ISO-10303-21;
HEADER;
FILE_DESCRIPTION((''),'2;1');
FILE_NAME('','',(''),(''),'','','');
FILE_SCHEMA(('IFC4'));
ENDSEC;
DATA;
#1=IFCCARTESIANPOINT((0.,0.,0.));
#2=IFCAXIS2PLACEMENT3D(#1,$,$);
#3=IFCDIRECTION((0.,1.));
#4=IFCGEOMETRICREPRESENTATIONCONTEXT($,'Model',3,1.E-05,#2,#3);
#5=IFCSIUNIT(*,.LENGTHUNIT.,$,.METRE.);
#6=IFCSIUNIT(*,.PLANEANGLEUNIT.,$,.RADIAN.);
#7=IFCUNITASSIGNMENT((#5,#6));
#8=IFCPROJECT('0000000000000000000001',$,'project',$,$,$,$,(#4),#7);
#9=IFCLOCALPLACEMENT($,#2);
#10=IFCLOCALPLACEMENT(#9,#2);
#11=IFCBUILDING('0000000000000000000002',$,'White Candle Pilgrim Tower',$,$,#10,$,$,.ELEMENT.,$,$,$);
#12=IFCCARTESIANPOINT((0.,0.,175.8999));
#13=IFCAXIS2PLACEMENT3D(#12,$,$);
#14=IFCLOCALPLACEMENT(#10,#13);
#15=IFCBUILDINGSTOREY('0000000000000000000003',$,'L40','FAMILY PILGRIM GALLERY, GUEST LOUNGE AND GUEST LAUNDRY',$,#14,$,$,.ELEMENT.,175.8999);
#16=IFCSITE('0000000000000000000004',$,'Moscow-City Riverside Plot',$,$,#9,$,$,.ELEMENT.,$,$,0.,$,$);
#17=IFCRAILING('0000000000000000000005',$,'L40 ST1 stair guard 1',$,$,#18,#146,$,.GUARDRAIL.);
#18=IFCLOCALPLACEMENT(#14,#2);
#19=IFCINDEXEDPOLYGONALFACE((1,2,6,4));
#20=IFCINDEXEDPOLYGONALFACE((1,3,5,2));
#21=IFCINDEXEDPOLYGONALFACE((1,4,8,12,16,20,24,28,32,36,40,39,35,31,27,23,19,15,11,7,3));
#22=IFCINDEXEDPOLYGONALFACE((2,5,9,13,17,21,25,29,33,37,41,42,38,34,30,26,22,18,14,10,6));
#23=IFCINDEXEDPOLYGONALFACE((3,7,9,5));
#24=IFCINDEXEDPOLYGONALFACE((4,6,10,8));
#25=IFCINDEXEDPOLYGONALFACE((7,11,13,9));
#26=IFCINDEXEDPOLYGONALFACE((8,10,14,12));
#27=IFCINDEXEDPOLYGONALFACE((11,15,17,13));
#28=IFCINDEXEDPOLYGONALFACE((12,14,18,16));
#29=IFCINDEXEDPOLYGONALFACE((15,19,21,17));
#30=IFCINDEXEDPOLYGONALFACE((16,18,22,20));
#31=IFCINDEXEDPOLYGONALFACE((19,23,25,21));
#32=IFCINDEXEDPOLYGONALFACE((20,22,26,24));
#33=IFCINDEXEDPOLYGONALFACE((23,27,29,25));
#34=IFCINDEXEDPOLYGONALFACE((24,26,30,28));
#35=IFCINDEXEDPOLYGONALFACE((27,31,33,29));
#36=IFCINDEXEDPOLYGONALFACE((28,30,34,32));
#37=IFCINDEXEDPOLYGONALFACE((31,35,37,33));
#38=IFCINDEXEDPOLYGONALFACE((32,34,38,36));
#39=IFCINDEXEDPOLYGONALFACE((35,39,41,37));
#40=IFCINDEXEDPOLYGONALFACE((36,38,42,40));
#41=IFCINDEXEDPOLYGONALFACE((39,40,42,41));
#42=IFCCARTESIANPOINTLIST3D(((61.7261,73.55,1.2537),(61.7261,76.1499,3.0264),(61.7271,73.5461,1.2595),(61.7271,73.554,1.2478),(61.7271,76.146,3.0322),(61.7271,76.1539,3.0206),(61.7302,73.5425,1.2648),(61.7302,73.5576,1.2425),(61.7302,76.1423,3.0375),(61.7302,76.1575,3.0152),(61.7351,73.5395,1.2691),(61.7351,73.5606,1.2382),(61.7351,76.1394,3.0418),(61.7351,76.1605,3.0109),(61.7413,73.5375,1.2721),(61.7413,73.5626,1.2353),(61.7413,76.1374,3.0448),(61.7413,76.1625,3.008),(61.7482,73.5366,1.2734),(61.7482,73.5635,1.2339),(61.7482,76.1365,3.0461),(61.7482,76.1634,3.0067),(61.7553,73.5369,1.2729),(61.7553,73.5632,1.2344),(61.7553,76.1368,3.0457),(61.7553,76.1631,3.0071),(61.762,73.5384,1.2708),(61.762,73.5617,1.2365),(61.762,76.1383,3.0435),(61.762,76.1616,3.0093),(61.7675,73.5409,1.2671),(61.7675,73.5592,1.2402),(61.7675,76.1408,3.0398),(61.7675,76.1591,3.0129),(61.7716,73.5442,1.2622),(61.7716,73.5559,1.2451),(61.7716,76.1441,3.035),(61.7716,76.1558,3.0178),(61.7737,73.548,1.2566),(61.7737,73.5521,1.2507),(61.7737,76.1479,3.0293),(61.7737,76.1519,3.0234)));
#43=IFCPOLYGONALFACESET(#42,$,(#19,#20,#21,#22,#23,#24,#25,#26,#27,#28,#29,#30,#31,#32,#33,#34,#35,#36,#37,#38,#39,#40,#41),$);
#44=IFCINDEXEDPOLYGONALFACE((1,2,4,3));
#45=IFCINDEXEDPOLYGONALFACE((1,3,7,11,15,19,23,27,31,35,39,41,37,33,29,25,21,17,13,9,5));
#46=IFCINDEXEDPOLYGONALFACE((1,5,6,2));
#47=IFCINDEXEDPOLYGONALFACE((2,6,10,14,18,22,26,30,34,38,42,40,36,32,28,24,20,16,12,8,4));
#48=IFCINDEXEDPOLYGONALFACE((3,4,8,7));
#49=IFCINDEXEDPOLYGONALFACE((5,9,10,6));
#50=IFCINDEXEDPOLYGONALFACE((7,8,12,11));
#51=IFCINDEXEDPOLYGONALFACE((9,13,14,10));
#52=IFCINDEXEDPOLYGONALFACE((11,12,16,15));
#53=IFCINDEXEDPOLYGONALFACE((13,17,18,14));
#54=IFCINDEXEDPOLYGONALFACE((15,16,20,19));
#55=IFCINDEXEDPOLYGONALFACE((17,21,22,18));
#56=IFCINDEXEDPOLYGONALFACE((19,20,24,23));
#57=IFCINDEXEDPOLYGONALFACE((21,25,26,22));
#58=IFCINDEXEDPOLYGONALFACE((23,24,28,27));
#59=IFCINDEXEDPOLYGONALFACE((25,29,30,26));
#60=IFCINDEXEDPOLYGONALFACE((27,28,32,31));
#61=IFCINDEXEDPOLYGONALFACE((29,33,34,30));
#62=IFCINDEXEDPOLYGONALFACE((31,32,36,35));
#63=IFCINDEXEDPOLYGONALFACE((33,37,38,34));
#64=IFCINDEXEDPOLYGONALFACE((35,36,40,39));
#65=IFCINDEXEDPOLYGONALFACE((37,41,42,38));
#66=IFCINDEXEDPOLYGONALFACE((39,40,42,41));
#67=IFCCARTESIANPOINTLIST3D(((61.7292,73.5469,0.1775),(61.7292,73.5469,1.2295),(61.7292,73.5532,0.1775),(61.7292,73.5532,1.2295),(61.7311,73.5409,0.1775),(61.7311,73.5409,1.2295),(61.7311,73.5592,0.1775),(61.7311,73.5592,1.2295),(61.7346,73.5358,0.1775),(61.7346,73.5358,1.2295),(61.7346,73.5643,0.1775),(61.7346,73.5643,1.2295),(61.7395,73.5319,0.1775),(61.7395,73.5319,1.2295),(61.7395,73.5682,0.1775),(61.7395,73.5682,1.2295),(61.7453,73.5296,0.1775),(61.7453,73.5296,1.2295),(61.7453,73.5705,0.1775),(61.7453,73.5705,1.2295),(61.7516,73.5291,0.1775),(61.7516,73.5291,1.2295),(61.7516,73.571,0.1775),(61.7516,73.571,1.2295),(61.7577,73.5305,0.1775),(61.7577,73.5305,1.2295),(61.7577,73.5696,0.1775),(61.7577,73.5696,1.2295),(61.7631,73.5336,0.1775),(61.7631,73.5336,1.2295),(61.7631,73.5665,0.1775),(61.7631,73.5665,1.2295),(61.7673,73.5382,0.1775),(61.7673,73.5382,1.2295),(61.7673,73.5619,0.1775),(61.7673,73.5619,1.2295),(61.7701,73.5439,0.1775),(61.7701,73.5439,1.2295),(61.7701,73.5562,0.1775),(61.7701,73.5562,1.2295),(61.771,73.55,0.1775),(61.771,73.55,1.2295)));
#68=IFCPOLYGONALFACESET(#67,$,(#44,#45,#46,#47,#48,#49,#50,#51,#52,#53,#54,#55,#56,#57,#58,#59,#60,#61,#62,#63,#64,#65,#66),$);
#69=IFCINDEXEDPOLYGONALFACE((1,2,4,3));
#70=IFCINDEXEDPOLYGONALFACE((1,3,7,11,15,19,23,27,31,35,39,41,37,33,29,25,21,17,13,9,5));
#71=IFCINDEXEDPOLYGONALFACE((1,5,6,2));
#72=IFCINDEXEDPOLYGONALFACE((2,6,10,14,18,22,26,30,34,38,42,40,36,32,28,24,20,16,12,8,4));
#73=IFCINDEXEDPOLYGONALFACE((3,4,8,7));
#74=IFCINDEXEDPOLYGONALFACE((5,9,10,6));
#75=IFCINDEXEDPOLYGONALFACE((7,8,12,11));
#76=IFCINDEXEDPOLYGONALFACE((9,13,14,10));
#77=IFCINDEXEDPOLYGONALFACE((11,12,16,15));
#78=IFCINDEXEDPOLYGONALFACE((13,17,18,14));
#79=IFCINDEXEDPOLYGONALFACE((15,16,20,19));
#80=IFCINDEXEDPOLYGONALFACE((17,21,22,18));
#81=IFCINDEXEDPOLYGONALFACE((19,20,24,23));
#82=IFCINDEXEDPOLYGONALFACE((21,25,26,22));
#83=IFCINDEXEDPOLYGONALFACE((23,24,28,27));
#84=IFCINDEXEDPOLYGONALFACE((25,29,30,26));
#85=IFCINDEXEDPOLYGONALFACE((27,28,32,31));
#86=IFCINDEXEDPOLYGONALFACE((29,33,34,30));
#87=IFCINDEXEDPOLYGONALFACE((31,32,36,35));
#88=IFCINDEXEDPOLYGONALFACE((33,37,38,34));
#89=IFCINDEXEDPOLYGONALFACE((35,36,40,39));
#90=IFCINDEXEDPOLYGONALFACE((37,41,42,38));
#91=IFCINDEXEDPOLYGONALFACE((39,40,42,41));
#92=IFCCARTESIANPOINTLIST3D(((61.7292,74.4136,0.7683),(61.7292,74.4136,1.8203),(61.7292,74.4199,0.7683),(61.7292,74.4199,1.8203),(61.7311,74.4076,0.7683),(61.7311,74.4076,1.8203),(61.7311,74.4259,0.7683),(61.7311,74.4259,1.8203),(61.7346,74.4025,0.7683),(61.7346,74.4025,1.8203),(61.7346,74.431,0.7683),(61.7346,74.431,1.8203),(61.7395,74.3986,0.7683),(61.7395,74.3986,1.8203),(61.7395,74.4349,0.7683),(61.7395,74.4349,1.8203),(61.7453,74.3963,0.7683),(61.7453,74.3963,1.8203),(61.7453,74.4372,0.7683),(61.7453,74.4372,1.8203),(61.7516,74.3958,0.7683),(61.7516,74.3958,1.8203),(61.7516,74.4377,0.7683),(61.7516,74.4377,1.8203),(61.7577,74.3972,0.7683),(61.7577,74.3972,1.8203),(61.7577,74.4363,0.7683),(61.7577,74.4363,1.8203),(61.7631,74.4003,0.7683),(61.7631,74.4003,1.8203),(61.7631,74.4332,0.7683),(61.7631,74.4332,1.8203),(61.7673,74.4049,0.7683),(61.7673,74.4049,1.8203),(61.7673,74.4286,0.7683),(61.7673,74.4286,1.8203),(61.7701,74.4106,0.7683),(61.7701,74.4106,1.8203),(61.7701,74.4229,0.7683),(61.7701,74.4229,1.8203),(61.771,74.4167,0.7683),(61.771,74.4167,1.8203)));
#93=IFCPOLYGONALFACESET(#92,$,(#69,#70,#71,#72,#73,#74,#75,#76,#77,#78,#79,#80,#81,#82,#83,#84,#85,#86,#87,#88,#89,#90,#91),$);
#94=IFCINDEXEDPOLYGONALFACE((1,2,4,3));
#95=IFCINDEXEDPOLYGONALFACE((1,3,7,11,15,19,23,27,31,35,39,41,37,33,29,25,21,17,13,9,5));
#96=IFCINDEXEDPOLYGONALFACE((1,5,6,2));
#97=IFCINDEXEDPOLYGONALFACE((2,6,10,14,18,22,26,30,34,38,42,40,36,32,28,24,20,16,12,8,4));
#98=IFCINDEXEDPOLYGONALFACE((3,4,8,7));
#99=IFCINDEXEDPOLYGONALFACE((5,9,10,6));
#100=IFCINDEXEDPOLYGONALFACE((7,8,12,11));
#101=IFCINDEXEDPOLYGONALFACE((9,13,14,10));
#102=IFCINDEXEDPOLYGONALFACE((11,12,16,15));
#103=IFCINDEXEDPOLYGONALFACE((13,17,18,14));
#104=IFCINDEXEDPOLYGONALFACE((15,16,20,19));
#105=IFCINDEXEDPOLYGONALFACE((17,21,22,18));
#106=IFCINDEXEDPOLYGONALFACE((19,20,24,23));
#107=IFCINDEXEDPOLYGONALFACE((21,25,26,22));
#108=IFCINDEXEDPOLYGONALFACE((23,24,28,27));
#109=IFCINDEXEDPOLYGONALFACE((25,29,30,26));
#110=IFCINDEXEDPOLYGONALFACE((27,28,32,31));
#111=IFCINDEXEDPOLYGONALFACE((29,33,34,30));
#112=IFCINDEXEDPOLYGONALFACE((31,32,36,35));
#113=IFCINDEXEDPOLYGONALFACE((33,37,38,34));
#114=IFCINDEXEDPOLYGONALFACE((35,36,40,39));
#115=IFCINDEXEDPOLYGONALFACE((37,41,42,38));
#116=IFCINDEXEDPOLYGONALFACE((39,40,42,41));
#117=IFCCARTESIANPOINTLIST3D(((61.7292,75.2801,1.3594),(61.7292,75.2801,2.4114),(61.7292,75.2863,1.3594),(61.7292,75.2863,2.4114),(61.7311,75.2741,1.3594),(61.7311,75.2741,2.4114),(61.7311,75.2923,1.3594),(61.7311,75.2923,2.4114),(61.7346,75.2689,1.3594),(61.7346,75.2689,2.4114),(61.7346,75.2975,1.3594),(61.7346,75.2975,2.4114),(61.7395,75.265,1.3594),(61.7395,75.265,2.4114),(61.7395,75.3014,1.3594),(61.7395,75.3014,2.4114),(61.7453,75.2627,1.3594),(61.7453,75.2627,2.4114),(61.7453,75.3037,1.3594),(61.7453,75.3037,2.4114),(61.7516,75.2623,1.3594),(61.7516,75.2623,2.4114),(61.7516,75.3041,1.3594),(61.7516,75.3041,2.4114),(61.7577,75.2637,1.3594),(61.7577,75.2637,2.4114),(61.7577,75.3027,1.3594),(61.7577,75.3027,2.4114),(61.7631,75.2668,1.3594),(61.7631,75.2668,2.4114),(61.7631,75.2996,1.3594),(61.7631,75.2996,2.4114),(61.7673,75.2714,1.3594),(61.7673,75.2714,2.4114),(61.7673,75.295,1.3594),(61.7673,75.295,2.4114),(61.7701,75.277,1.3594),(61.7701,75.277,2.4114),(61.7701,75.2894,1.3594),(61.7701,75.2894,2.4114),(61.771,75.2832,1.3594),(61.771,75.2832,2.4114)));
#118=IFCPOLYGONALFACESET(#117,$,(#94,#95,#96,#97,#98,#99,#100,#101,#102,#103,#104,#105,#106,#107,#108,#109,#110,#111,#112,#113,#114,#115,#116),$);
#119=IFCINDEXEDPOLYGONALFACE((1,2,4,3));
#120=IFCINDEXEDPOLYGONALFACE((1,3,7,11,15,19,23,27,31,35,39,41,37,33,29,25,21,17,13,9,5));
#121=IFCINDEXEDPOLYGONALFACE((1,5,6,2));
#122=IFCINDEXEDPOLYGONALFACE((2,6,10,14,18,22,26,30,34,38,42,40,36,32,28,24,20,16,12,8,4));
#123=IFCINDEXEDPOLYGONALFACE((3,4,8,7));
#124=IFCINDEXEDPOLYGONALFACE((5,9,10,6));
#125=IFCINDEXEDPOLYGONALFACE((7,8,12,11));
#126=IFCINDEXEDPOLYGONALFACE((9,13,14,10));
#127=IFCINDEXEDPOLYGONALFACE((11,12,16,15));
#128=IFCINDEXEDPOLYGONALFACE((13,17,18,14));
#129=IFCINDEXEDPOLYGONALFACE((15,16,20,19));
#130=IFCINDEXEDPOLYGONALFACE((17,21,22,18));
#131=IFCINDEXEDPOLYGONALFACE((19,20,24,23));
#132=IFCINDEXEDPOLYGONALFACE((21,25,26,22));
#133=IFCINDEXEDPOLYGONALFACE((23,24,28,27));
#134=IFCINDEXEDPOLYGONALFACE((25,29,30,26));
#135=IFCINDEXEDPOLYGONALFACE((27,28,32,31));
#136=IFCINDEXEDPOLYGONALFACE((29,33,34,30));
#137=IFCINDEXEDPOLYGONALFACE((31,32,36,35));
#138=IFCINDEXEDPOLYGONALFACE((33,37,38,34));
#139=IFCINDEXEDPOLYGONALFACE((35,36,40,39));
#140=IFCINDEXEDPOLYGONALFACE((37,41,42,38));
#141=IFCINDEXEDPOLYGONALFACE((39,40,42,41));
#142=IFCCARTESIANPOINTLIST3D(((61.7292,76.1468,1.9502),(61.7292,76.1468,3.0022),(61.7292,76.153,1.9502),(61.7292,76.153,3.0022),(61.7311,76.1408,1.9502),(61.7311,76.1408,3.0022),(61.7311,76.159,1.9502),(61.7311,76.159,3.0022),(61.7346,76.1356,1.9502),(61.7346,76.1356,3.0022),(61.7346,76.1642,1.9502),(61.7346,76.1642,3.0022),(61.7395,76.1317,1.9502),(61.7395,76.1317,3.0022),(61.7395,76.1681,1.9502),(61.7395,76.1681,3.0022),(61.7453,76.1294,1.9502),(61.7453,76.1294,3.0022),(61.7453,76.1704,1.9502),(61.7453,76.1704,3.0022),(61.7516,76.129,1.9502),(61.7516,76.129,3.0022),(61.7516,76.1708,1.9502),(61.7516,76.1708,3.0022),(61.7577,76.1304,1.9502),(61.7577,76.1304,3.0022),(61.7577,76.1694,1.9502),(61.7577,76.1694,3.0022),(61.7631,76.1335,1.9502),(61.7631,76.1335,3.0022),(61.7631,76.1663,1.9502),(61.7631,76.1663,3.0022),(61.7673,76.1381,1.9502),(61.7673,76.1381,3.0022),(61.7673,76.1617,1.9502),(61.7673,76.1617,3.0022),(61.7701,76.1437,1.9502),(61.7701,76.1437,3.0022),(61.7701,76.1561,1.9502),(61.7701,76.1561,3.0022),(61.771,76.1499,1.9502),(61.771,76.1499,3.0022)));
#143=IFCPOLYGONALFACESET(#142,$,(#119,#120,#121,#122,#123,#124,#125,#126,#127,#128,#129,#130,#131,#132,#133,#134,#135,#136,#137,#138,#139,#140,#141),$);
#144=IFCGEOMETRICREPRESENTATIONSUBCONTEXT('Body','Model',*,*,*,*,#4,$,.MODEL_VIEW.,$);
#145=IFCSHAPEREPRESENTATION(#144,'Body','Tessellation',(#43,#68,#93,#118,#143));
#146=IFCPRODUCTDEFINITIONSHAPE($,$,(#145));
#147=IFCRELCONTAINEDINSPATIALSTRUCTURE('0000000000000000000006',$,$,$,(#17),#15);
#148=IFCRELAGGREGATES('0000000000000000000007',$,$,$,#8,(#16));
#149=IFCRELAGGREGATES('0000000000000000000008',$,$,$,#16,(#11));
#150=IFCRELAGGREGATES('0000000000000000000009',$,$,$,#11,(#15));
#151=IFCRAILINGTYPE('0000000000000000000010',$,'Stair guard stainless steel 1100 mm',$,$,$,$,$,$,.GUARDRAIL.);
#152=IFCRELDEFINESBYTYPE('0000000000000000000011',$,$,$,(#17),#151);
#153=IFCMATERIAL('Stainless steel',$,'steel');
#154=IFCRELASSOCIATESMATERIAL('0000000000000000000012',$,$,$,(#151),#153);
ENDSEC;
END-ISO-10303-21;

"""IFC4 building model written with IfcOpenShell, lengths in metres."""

from ifc_helpers import new_model, si_unit, direction, frame, origin, origin_2d, place, context, subcontext, project, spatial, circle, extrude, material, type_object, element, save


model = new_model("IFC4")

# Units and contexts
model_context = context("Model", 3, precision=1e-05, world=origin(), true_north=direction((0.0, 1.0)))
body_context = subcontext(model_context, "Body", "Model", "MODEL_VIEW")
ifc_project = project(units=[si_unit("LENGTHUNIT", "METRE"), si_unit("PLANEANGLEUNIT", "RADIAN")], contexts=[model_context])

# Site, building, storey
site_placement = place(None, origin())
site = spatial("IfcSite", under=ifc_project, at=site_placement, Name="Moscow-City Riverside Plot", CompositionType="ELEMENT", RefElevation=0.0)
building_placement = place(site_placement, origin())
building = spatial("IfcBuilding", under=site, at=building_placement, Name="White Candle Pilgrim Tower", CompositionType="ELEMENT")
storey_placement = place(building_placement, frame((0.0, 0.0, 175.8999)))
storey = spatial("IfcBuildingStorey", under=building, at=storey_placement, Name="L40", Description="FAMILY PILGRIM GALLERY, GUEST LOUNGE AND GUEST LAUNDRY", CompositionType="ELEMENT", Elevation=175.8999)

# Railing
ifc_material_1 = material(Name="Stainless steel", Category="steel")
railing_type = type_object("IfcRailingType", Name="Stair guard stainless steel 1100 mm", PredefinedType="GUARDRAIL", material=ifc_material_1)
railing_1_placement = place(storey_placement, frame((61.75, 73.55, 0.1775)))
element("IfcRailing", 1, at=railing_1_placement, inside=storey, type_object=railing_type, Name="L40 ST1 stair guard 1", PredefinedType="GUARDRAIL", context=body_context, shape_type="SweptSolid", body=[
    extrude(circle(Radius=0.0239, at=origin_2d()), frame((0.0, 0.0, 1.0762), z_axis=(0.0, 0.826216, 0.563354), x_axis=(-1.0, 0.0, 0.0)), (0.0, 0.0, 1.0), 3.1467),
    extrude(circle(Radius=0.021, at=origin_2d()), origin(), (0.0, 0.0, 1.0), 1.052),
    extrude(circle(Radius=0.021, at=origin_2d()), frame((0.0, 0.8667, 0.5908)), (0.0, 0.0, 1.0), 1.052),
    extrude(circle(Radius=0.021, at=origin_2d()), frame((0.0, 1.7332, 1.1819)), (0.0, 0.0, 1.0), 1.052),
    extrude(circle(Radius=0.021, at=origin_2d()), frame((0.0, 2.5999, 1.7727)), (0.0, 0.0, 1.0), 1.052),
])

save(model, "model.ifc")
